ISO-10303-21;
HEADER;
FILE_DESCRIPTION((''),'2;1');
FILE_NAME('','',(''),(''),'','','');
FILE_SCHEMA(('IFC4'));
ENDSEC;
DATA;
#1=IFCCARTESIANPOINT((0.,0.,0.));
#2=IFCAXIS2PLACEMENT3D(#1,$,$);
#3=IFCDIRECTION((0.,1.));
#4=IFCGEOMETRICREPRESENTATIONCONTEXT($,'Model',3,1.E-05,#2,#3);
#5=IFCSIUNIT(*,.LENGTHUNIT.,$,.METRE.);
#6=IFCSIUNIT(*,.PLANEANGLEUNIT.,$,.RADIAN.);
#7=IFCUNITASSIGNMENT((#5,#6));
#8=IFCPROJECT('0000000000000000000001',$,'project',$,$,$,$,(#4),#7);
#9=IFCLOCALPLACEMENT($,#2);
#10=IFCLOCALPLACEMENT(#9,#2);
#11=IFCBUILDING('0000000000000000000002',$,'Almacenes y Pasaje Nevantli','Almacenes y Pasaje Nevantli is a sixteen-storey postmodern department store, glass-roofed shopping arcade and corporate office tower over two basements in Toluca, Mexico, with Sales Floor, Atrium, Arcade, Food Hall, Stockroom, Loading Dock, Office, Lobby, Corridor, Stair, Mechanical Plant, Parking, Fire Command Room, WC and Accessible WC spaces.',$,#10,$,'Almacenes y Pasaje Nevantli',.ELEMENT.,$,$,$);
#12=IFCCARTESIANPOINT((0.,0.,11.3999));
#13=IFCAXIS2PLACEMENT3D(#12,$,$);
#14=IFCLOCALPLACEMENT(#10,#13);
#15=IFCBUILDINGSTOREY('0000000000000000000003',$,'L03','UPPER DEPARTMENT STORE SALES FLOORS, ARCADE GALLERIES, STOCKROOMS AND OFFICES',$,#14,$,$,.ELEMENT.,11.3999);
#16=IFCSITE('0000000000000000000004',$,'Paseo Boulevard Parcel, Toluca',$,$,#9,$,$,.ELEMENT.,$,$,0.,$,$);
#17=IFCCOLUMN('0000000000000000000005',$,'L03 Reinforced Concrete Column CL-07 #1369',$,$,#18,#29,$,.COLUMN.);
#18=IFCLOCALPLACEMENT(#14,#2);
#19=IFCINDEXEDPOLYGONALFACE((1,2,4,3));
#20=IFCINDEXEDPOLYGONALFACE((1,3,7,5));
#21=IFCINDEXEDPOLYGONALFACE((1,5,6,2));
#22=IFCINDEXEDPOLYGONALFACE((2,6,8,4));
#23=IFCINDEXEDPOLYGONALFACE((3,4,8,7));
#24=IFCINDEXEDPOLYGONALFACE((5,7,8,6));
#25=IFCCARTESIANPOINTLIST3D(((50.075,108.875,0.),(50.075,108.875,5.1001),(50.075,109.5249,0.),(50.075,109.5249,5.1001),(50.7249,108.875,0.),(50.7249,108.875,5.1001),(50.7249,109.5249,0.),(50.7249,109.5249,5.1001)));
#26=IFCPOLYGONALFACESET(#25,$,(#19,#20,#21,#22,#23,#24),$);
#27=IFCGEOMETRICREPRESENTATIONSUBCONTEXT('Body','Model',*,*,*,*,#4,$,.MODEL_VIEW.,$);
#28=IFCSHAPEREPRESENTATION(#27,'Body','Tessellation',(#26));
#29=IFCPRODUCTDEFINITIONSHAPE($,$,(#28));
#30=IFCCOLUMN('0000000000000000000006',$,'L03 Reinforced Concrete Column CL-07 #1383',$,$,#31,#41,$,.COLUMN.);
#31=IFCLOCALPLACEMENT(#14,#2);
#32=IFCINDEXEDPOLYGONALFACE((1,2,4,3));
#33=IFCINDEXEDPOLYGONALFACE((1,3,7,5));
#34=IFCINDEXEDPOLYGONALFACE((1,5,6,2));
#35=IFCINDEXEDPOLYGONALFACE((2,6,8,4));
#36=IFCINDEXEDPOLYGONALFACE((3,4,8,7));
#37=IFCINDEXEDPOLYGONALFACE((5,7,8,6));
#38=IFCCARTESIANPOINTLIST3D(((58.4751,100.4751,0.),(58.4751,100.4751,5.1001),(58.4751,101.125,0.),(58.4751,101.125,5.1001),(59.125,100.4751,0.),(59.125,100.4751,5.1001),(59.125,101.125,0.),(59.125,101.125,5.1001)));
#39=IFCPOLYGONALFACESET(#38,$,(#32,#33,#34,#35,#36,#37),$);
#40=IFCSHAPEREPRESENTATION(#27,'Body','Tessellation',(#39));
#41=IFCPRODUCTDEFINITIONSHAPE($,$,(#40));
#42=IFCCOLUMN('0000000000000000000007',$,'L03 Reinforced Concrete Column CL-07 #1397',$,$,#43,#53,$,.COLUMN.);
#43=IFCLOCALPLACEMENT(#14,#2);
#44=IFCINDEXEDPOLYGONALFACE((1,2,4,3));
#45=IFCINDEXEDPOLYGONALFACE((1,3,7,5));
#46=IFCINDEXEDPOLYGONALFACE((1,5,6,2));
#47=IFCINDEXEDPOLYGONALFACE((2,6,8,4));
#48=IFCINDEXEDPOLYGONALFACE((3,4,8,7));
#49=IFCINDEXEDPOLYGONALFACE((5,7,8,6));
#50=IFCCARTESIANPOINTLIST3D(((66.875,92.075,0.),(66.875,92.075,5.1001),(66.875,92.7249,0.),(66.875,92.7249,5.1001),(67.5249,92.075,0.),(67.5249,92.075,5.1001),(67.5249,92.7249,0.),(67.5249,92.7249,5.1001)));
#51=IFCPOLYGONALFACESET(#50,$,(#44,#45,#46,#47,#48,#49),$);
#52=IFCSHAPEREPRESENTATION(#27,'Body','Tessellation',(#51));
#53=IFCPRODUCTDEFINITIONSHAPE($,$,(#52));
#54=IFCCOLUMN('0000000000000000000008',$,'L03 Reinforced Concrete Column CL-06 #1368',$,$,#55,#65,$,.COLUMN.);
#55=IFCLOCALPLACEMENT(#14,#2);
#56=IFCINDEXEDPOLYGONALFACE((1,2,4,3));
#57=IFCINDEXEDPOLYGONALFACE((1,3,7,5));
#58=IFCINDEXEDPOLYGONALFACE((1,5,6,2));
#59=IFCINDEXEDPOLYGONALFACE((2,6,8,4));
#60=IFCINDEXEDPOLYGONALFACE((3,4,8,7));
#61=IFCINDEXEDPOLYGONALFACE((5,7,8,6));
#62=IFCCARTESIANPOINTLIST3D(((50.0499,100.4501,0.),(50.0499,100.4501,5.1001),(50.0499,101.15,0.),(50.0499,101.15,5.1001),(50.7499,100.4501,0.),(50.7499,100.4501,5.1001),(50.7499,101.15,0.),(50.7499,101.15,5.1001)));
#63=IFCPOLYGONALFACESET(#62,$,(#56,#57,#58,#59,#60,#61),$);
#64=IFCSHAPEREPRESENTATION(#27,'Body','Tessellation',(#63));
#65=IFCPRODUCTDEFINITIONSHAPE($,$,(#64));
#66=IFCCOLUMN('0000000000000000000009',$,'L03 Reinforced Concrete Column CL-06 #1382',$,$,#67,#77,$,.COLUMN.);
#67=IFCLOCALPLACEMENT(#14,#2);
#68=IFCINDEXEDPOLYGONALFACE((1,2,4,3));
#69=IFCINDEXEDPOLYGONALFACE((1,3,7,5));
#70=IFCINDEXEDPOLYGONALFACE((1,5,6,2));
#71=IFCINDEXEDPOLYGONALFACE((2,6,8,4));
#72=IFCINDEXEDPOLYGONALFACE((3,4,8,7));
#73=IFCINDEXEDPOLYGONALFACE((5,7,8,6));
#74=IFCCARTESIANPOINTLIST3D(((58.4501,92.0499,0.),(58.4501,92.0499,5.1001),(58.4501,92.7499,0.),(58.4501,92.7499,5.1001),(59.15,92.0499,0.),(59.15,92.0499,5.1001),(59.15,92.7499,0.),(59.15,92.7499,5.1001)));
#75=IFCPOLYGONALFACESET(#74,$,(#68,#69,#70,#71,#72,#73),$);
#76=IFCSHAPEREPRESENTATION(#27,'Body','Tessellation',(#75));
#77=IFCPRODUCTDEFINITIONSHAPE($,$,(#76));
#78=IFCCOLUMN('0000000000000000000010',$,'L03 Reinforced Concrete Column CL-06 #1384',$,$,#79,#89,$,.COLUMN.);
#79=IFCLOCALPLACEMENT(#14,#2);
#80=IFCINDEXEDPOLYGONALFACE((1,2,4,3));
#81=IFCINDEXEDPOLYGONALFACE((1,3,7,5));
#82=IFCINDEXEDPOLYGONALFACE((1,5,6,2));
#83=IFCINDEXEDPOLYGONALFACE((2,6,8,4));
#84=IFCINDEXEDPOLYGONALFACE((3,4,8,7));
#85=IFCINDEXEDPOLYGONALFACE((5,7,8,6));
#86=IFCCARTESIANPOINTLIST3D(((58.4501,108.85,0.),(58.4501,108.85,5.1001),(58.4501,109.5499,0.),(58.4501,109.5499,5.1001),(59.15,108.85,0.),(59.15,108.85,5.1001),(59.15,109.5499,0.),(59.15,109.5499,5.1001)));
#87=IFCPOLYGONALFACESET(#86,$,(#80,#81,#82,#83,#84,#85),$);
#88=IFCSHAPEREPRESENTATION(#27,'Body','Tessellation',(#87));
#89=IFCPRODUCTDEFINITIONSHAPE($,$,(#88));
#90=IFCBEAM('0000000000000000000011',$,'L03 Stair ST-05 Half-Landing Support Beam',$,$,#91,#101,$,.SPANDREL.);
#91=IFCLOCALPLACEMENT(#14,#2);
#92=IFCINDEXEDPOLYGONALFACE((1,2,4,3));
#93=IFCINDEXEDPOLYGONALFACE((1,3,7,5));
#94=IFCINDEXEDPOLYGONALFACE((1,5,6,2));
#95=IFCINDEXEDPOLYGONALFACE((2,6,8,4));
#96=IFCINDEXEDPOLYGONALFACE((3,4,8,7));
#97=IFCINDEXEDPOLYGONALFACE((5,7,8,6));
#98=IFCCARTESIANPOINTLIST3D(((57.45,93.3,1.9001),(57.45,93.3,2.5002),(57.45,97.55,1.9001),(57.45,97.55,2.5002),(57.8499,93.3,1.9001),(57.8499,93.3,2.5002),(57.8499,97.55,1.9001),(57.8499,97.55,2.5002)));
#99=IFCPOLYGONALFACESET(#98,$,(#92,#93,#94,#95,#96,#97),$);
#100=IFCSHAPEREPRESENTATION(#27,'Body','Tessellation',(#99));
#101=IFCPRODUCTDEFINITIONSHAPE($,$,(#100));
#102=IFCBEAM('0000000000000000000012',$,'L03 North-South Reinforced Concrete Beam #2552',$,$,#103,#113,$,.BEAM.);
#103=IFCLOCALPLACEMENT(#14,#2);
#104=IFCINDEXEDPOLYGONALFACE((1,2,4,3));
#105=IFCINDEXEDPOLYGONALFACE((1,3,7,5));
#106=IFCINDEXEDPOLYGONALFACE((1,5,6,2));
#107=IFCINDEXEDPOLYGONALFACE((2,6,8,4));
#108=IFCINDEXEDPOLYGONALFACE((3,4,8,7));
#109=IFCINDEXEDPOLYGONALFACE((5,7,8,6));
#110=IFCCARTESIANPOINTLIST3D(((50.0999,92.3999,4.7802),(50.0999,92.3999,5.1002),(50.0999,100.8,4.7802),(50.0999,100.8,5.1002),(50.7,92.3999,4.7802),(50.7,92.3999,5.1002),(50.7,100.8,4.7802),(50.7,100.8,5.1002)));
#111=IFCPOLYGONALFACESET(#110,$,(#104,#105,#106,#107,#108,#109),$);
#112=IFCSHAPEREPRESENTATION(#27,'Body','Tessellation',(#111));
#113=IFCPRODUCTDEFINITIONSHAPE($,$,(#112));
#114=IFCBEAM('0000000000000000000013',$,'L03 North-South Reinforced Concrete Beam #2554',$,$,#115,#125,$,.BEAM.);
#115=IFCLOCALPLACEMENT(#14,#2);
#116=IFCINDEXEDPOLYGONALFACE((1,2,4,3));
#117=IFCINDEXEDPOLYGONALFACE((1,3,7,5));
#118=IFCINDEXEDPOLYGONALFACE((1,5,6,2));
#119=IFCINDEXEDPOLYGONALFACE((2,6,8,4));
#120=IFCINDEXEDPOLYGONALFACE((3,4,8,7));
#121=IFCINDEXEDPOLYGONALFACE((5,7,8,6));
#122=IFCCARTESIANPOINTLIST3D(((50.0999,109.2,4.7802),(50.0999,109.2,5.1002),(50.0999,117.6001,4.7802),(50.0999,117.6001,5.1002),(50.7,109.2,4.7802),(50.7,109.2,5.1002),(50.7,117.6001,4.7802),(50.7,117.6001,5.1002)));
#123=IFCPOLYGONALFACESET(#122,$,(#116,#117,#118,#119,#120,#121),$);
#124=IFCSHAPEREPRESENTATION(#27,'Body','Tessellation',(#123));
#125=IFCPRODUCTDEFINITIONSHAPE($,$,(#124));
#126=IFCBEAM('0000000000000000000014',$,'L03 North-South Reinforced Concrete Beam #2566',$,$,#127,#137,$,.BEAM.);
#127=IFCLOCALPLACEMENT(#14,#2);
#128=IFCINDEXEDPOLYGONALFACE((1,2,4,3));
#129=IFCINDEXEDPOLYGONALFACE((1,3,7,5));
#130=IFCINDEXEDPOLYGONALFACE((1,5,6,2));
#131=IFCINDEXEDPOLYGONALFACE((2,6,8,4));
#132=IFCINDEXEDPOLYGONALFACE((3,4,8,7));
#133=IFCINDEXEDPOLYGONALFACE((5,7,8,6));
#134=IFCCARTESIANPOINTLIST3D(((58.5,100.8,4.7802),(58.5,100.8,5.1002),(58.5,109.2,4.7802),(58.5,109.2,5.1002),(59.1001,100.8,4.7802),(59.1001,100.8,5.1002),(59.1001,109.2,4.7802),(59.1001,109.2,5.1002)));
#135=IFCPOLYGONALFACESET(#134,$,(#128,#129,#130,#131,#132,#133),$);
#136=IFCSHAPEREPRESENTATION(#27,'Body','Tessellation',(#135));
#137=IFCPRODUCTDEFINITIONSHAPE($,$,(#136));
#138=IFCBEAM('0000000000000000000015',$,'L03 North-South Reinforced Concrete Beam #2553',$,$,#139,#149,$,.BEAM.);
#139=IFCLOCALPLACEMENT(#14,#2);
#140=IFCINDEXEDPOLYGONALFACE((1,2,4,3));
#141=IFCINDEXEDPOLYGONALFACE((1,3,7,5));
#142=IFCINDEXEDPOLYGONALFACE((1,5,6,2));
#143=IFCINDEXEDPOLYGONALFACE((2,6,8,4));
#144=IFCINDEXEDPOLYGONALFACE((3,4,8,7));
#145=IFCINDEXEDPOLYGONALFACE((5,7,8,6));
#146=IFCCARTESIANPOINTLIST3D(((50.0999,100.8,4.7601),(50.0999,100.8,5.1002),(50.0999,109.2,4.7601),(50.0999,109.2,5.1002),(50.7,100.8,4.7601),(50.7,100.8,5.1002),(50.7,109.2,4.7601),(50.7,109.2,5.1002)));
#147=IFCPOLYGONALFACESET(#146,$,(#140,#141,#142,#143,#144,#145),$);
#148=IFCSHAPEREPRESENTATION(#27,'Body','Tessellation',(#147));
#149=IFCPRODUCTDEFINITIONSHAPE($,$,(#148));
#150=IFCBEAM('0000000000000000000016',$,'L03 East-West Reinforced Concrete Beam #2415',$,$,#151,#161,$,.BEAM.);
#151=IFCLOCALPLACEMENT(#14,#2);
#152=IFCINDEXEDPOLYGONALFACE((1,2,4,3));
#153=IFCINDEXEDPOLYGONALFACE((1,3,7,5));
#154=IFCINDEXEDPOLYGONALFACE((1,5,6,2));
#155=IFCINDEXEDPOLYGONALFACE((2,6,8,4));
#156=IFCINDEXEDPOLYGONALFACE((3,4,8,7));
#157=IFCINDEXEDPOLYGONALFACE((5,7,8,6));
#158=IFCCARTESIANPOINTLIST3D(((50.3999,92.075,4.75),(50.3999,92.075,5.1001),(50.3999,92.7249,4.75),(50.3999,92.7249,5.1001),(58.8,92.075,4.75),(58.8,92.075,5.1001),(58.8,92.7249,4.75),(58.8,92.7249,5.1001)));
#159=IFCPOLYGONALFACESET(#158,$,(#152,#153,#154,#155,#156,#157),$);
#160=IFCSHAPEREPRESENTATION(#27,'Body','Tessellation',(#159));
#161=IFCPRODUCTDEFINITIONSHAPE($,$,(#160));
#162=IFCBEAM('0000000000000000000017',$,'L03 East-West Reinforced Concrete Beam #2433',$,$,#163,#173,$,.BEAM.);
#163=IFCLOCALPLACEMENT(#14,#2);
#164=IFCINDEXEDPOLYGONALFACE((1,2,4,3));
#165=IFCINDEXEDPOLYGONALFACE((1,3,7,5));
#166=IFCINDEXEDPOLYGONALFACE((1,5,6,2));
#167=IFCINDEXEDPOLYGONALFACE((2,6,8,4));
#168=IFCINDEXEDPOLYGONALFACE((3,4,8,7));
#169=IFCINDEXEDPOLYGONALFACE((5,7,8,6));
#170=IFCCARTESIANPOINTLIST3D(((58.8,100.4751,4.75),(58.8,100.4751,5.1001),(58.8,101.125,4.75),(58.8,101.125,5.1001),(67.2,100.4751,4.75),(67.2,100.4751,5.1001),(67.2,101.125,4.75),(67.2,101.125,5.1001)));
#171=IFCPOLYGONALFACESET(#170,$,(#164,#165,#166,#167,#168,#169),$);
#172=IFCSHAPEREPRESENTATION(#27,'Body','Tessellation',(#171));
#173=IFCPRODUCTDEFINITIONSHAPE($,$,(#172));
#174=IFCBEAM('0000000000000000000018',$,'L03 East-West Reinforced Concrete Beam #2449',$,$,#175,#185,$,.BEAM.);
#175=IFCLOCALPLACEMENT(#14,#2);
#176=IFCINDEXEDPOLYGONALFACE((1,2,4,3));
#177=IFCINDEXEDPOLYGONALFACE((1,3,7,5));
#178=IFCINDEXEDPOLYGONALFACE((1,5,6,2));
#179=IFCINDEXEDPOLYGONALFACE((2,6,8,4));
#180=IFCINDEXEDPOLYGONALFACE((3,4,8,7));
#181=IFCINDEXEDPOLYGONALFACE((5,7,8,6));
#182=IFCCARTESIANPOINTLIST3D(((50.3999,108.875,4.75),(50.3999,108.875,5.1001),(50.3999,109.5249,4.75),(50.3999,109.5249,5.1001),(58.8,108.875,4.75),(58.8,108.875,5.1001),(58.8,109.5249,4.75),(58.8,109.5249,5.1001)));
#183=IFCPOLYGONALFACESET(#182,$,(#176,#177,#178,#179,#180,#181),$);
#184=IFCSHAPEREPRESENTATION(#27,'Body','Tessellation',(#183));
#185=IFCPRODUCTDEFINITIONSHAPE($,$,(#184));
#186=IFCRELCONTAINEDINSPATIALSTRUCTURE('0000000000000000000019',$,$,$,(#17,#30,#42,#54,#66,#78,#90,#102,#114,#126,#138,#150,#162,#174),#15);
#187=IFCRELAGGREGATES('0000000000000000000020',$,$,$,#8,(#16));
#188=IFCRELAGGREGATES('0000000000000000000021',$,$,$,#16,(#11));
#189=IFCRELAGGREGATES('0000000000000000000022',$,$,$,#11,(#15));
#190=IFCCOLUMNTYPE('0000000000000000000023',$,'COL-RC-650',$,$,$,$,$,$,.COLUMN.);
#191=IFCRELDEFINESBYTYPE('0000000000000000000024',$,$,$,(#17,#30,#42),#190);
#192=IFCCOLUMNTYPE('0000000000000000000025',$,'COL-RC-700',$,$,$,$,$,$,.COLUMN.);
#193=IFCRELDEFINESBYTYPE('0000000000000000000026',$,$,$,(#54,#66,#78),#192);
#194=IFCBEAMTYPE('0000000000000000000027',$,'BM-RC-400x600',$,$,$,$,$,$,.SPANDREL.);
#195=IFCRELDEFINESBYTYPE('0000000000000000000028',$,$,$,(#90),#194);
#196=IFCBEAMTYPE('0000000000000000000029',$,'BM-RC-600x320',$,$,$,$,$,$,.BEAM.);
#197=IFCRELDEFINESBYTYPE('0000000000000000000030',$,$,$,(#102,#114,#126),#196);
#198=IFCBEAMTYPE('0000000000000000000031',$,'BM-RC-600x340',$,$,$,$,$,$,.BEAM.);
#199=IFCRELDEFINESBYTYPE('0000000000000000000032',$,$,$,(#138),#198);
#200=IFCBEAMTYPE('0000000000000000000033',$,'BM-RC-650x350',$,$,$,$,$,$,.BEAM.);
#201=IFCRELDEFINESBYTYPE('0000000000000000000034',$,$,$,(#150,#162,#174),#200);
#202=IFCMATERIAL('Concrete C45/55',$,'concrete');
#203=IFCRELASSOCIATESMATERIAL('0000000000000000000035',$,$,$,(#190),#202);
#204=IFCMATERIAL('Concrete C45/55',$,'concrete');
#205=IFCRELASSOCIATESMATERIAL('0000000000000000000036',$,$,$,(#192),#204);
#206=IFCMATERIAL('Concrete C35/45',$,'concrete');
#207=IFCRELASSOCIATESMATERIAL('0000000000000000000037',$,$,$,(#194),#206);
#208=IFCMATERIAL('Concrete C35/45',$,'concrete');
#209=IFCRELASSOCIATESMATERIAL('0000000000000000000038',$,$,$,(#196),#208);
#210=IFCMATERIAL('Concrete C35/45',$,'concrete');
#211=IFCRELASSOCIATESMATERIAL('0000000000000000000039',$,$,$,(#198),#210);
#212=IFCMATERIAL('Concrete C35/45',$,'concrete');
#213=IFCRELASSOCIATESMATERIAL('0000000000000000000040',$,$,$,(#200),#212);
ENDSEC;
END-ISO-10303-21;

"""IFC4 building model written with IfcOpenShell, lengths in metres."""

from ifc_helpers import new_model, si_unit, direction, frame, origin, origin_2d, place, context, subcontext, project, spatial, rectangle, extrude, material, material_profile, profile_set, type_object, element, save


model = new_model("IFC4")

# Units and contexts
model_context = context("Model", 3, precision=1e-05, world=origin(), true_north=direction((0.0, 1.0)))
body_context = subcontext(model_context, "Body", "Model", "MODEL_VIEW")
ifc_project = project(units=[si_unit("LENGTHUNIT", "METRE"), si_unit("PLANEANGLEUNIT", "RADIAN")], contexts=[model_context])

# Site, building, storey
site_placement = place(None, origin())
site = spatial("IfcSite", under=ifc_project, at=site_placement, Name="Paseo Boulevard Parcel, Toluca", CompositionType="ELEMENT", RefElevation=0.0)
building_placement = place(site_placement, origin())
building = spatial("IfcBuilding", under=site, at=building_placement, Name="Almacenes y Pasaje Nevantli", Description="Almacenes y Pasaje Nevantli is a sixteen-storey postmodern department store, glass-roofed shopping arcade and corporate office tower over two basements in Toluca, Mexico, with Sales Floor, Atrium, Arcade, Food Hall, Stockroom, Loading Dock, Office, Lobby, Corridor, Stair, Mechanical Plant, Parking, Fire Command Room, WC and Accessible WC spaces.", LongName="Almacenes y Pasaje Nevantli", CompositionType="ELEMENT")
storey_placement = place(building_placement, frame((0.0, 0.0, 11.3999)))
storey = spatial("IfcBuildingStorey", under=building, at=storey_placement, Name="L03", Description="UPPER DEPARTMENT STORE SALES FLOORS, ARCADE GALLERIES, STOCKROOMS AND OFFICES", CompositionType="ELEMENT", Elevation=11.3999)

# Columns
ifc_material_1 = material(Name="Concrete C45/55", Category="concrete")
ifc_material_profile_1 = material_profile(ifc_material_1, rectangle(XDim=0.6499, YDim=0.6499, at=origin_2d()), Name="RC-COL-650x650")
ifc_profile_set_1 = profile_set([ifc_material_profile_1], Name="Concrete C45/55")
column_type_1 = type_object("IfcColumnType", Name="COL-RC-650", PredefinedType="COLUMN", material=ifc_profile_set_1)
for number, where, z_axis, x_axis, name in (
    (1, (50.3999, 109.2, 0.0), (0.0, 0.0, 1.0), (1.0, 0.0, 0.0), "L03 Reinforced Concrete Column CL-07 #1369"),
    (2, (58.8, 100.8, 0.0), (0.0, 0.0, 1.0), (1.0, 0.0, 0.0), "L03 Reinforced Concrete Column CL-07 #1383"),
    (3, (67.2, 92.3999, 0.0), (0.0, 0.0, 1.0), (1.0, 0.0, 0.0), "L03 Reinforced Concrete Column CL-07 #1397"),
):
    element("IfcColumn", number, at=place(storey_placement, frame(where, z_axis=z_axis, x_axis=x_axis)), inside=storey, type_object=column_type_1, Name=name, PredefinedType="COLUMN", context=body_context, shape_type="SweptSolid", body=[
        extrude(rectangle(XDim=0.6499, YDim=0.6499, at=origin_2d()), origin(), (0.0, 0.0, 1.0), 5.1001),
    ])
ifc_material_2 = material(Name="Concrete C45/55", Category="concrete")
ifc_material_profile_2 = material_profile(ifc_material_2, rectangle(XDim=0.7, YDim=0.7, at=origin_2d()), Name="RC-COL-700x700")
ifc_profile_set_2 = profile_set([ifc_material_profile_2], Name="Concrete C45/55")
column_type_2 = type_object("IfcColumnType", Name="COL-RC-700", PredefinedType="COLUMN", material=ifc_profile_set_2)
for number, where, z_axis, x_axis, name in (
    (4, (50.3999, 100.8, 0.0), (0.0, 0.0, 1.0), (1.0, 0.0, 0.0), "L03 Reinforced Concrete Column CL-06 #1368"),
    (5, (58.8, 92.3999, 0.0), (0.0, 0.0, 1.0), (1.0, 0.0, 0.0), "L03 Reinforced Concrete Column CL-06 #1382"),
    (6, (58.8, 109.2, 0.0), (0.0, 0.0, 1.0), (1.0, 0.0, 0.0), "L03 Reinforced Concrete Column CL-06 #1384"),
):
    element("IfcColumn", number, at=place(storey_placement, frame(where, z_axis=z_axis, x_axis=x_axis)), inside=storey, type_object=column_type_2, Name=name, PredefinedType="COLUMN", context=body_context, shape_type="SweptSolid", body=[
        extrude(rectangle(XDim=0.7, YDim=0.7, at=origin_2d()), origin(), (0.0, 0.0, 1.0), 5.1001),
    ])

# Beams
ifc_material_3 = material(Name="Concrete C35/45", Category="concrete")
ifc_material_profile_3 = material_profile(ifc_material_3, rectangle(XDim=0.3999, YDim=0.6001, at=origin_2d()), Name="RC-BM-400x600")
ifc_profile_set_3 = profile_set([ifc_material_profile_3], Name="Concrete C35/45")
beam_type_1 = type_object("IfcBeamType", Name="BM-RC-400x600", PredefinedType="SPANDREL", material=ifc_profile_set_3)
beam_1_placement = place(storey_placement, frame((57.6499, 93.3, 2.2002), z_axis=(0.0, 1.0, 0.0), x_axis=(-1.0, 0.0, 0.0)))
element("IfcBeam", 7, at=beam_1_placement, inside=storey, type_object=beam_type_1, Name="L03 Stair ST-05 Half-Landing Support Beam", PredefinedType="SPANDREL", context=body_context, shape_type="SweptSolid", body=[
    extrude(rectangle(XDim=0.3999, YDim=0.6001, at=origin_2d()), origin(), (0.0, 0.0, 1.0), 4.25),
])
ifc_material_4 = material(Name="Concrete C35/45", Category="concrete")
ifc_material_profile_4 = material_profile(ifc_material_4, rectangle(XDim=0.6001, YDim=0.3201, at=origin_2d()), Name="RC-BM-600x320")
ifc_profile_set_4 = profile_set([ifc_material_profile_4], Name="Concrete C35/45")
beam_type_2 = type_object("IfcBeamType", Name="BM-RC-600x320", PredefinedType="BEAM", material=ifc_profile_set_4)
for number, where, z_axis, x_axis, name in (
    (8, (50.3999, 92.3999, 4.9402), (0.0, 1.0, 0.0), (-1.0, 0.0, 0.0), "L03 North-South Reinforced Concrete Beam #2552"),
    (9, (50.3999, 109.2, 4.9402), (0.0, 1.0, 0.0), (-1.0, 0.0, 0.0), "L03 North-South Reinforced Concrete Beam #2554"),
):
    element("IfcBeam", number, at=place(storey_placement, frame(where, z_axis=z_axis, x_axis=x_axis)), inside=storey, type_object=beam_type_2, Name=name, PredefinedType="BEAM", context=body_context, shape_type="SweptSolid", body=[
        extrude(rectangle(XDim=0.6001, YDim=0.3201, at=origin_2d()), origin(), (0.0, 0.0, 1.0), 8.4001),
    ])
beam_2_placement = place(storey_placement, frame((58.8, 100.8, 4.9402), z_axis=(0.0, 1.0, 0.0), x_axis=(-1.0, 0.0, 0.0)))
element("IfcBeam", 10, at=beam_2_placement, inside=storey, type_object=beam_type_2, Name="L03 North-South Reinforced Concrete Beam #2566", PredefinedType="BEAM", context=body_context, shape_type="SweptSolid", body=[
    extrude(rectangle(XDim=0.6001, YDim=0.3201, at=origin_2d()), origin(), (0.0, 0.0, 1.0), 8.3999),
])
ifc_material_5 = material(Name="Concrete C35/45", Category="concrete")
ifc_material_profile_5 = material_profile(ifc_material_5, rectangle(XDim=0.6001, YDim=0.3401, at=origin_2d()), Name="RC-BM-600x340")
ifc_profile_set_5 = profile_set([ifc_material_profile_5], Name="Concrete C35/45")
beam_type_3 = type_object("IfcBeamType", Name="BM-RC-600x340", PredefinedType="BEAM", material=ifc_profile_set_5)
beam_3_placement = place(storey_placement, frame((50.3999, 100.8, 4.9302), z_axis=(0.0, 1.0, 0.0), x_axis=(-1.0, 0.0, 0.0)))
element("IfcBeam", 11, at=beam_3_placement, inside=storey, type_object=beam_type_3, Name="L03 North-South Reinforced Concrete Beam #2553", PredefinedType="BEAM", context=body_context, shape_type="SweptSolid", body=[
    extrude(rectangle(XDim=0.6001, YDim=0.3401, at=origin_2d()), origin(), (0.0, 0.0, 1.0), 8.3999),
])
ifc_material_6 = material(Name="Concrete C35/45", Category="concrete")
ifc_material_profile_6 = material_profile(ifc_material_6, rectangle(XDim=0.6499, YDim=0.3501, at=origin_2d()), Name="RC-BM-650x350")
ifc_profile_set_6 = profile_set([ifc_material_profile_6], Name="Concrete C35/45")
beam_type_4 = type_object("IfcBeamType", Name="BM-RC-650x350", PredefinedType="BEAM", material=ifc_profile_set_6)
beam_4_placement = place(storey_placement, frame((50.3999, 92.3999, 4.925), z_axis=(1.0, 0.0, 0.0), x_axis=(0.0, 1.0, 0.0)))
element("IfcBeam", 12, at=beam_4_placement, inside=storey, type_object=beam_type_4, Name="L03 East-West Reinforced Concrete Beam #2415", PredefinedType="BEAM", context=body_context, shape_type="SweptSolid", body=[
    extrude(rectangle(XDim=0.6499, YDim=0.3501, at=origin_2d()), origin(), (0.0, 0.0, 1.0), 8.4001),
])
beam_5_placement = place(storey_placement, frame((58.8, 100.8, 4.925), z_axis=(1.0, 0.0, 0.0), x_axis=(0.0, 1.0, 0.0)))
element("IfcBeam", 13, at=beam_5_placement, inside=storey, type_object=beam_type_4, Name="L03 East-West Reinforced Concrete Beam #2433", PredefinedType="BEAM", context=body_context, shape_type="SweptSolid", body=[
    extrude(rectangle(XDim=0.6499, YDim=0.3501, at=origin_2d()), origin(), (0.0, 0.0, 1.0), 8.3999),
])
beam_6_placement = place(storey_placement, frame((50.3999, 109.2, 4.925), z_axis=(1.0, 0.0, 0.0), x_axis=(0.0, 1.0, 0.0)))
element("IfcBeam", 14, at=beam_6_placement, inside=storey, type_object=beam_type_4, Name="L03 East-West Reinforced Concrete Beam #2449", PredefinedType="BEAM", context=body_context, shape_type="SweptSolid", body=[
    extrude(rectangle(XDim=0.6499, YDim=0.3501, at=origin_2d()), origin(), (0.0, 0.0, 1.0), 8.4001),
])

save(model, "model.ifc")
